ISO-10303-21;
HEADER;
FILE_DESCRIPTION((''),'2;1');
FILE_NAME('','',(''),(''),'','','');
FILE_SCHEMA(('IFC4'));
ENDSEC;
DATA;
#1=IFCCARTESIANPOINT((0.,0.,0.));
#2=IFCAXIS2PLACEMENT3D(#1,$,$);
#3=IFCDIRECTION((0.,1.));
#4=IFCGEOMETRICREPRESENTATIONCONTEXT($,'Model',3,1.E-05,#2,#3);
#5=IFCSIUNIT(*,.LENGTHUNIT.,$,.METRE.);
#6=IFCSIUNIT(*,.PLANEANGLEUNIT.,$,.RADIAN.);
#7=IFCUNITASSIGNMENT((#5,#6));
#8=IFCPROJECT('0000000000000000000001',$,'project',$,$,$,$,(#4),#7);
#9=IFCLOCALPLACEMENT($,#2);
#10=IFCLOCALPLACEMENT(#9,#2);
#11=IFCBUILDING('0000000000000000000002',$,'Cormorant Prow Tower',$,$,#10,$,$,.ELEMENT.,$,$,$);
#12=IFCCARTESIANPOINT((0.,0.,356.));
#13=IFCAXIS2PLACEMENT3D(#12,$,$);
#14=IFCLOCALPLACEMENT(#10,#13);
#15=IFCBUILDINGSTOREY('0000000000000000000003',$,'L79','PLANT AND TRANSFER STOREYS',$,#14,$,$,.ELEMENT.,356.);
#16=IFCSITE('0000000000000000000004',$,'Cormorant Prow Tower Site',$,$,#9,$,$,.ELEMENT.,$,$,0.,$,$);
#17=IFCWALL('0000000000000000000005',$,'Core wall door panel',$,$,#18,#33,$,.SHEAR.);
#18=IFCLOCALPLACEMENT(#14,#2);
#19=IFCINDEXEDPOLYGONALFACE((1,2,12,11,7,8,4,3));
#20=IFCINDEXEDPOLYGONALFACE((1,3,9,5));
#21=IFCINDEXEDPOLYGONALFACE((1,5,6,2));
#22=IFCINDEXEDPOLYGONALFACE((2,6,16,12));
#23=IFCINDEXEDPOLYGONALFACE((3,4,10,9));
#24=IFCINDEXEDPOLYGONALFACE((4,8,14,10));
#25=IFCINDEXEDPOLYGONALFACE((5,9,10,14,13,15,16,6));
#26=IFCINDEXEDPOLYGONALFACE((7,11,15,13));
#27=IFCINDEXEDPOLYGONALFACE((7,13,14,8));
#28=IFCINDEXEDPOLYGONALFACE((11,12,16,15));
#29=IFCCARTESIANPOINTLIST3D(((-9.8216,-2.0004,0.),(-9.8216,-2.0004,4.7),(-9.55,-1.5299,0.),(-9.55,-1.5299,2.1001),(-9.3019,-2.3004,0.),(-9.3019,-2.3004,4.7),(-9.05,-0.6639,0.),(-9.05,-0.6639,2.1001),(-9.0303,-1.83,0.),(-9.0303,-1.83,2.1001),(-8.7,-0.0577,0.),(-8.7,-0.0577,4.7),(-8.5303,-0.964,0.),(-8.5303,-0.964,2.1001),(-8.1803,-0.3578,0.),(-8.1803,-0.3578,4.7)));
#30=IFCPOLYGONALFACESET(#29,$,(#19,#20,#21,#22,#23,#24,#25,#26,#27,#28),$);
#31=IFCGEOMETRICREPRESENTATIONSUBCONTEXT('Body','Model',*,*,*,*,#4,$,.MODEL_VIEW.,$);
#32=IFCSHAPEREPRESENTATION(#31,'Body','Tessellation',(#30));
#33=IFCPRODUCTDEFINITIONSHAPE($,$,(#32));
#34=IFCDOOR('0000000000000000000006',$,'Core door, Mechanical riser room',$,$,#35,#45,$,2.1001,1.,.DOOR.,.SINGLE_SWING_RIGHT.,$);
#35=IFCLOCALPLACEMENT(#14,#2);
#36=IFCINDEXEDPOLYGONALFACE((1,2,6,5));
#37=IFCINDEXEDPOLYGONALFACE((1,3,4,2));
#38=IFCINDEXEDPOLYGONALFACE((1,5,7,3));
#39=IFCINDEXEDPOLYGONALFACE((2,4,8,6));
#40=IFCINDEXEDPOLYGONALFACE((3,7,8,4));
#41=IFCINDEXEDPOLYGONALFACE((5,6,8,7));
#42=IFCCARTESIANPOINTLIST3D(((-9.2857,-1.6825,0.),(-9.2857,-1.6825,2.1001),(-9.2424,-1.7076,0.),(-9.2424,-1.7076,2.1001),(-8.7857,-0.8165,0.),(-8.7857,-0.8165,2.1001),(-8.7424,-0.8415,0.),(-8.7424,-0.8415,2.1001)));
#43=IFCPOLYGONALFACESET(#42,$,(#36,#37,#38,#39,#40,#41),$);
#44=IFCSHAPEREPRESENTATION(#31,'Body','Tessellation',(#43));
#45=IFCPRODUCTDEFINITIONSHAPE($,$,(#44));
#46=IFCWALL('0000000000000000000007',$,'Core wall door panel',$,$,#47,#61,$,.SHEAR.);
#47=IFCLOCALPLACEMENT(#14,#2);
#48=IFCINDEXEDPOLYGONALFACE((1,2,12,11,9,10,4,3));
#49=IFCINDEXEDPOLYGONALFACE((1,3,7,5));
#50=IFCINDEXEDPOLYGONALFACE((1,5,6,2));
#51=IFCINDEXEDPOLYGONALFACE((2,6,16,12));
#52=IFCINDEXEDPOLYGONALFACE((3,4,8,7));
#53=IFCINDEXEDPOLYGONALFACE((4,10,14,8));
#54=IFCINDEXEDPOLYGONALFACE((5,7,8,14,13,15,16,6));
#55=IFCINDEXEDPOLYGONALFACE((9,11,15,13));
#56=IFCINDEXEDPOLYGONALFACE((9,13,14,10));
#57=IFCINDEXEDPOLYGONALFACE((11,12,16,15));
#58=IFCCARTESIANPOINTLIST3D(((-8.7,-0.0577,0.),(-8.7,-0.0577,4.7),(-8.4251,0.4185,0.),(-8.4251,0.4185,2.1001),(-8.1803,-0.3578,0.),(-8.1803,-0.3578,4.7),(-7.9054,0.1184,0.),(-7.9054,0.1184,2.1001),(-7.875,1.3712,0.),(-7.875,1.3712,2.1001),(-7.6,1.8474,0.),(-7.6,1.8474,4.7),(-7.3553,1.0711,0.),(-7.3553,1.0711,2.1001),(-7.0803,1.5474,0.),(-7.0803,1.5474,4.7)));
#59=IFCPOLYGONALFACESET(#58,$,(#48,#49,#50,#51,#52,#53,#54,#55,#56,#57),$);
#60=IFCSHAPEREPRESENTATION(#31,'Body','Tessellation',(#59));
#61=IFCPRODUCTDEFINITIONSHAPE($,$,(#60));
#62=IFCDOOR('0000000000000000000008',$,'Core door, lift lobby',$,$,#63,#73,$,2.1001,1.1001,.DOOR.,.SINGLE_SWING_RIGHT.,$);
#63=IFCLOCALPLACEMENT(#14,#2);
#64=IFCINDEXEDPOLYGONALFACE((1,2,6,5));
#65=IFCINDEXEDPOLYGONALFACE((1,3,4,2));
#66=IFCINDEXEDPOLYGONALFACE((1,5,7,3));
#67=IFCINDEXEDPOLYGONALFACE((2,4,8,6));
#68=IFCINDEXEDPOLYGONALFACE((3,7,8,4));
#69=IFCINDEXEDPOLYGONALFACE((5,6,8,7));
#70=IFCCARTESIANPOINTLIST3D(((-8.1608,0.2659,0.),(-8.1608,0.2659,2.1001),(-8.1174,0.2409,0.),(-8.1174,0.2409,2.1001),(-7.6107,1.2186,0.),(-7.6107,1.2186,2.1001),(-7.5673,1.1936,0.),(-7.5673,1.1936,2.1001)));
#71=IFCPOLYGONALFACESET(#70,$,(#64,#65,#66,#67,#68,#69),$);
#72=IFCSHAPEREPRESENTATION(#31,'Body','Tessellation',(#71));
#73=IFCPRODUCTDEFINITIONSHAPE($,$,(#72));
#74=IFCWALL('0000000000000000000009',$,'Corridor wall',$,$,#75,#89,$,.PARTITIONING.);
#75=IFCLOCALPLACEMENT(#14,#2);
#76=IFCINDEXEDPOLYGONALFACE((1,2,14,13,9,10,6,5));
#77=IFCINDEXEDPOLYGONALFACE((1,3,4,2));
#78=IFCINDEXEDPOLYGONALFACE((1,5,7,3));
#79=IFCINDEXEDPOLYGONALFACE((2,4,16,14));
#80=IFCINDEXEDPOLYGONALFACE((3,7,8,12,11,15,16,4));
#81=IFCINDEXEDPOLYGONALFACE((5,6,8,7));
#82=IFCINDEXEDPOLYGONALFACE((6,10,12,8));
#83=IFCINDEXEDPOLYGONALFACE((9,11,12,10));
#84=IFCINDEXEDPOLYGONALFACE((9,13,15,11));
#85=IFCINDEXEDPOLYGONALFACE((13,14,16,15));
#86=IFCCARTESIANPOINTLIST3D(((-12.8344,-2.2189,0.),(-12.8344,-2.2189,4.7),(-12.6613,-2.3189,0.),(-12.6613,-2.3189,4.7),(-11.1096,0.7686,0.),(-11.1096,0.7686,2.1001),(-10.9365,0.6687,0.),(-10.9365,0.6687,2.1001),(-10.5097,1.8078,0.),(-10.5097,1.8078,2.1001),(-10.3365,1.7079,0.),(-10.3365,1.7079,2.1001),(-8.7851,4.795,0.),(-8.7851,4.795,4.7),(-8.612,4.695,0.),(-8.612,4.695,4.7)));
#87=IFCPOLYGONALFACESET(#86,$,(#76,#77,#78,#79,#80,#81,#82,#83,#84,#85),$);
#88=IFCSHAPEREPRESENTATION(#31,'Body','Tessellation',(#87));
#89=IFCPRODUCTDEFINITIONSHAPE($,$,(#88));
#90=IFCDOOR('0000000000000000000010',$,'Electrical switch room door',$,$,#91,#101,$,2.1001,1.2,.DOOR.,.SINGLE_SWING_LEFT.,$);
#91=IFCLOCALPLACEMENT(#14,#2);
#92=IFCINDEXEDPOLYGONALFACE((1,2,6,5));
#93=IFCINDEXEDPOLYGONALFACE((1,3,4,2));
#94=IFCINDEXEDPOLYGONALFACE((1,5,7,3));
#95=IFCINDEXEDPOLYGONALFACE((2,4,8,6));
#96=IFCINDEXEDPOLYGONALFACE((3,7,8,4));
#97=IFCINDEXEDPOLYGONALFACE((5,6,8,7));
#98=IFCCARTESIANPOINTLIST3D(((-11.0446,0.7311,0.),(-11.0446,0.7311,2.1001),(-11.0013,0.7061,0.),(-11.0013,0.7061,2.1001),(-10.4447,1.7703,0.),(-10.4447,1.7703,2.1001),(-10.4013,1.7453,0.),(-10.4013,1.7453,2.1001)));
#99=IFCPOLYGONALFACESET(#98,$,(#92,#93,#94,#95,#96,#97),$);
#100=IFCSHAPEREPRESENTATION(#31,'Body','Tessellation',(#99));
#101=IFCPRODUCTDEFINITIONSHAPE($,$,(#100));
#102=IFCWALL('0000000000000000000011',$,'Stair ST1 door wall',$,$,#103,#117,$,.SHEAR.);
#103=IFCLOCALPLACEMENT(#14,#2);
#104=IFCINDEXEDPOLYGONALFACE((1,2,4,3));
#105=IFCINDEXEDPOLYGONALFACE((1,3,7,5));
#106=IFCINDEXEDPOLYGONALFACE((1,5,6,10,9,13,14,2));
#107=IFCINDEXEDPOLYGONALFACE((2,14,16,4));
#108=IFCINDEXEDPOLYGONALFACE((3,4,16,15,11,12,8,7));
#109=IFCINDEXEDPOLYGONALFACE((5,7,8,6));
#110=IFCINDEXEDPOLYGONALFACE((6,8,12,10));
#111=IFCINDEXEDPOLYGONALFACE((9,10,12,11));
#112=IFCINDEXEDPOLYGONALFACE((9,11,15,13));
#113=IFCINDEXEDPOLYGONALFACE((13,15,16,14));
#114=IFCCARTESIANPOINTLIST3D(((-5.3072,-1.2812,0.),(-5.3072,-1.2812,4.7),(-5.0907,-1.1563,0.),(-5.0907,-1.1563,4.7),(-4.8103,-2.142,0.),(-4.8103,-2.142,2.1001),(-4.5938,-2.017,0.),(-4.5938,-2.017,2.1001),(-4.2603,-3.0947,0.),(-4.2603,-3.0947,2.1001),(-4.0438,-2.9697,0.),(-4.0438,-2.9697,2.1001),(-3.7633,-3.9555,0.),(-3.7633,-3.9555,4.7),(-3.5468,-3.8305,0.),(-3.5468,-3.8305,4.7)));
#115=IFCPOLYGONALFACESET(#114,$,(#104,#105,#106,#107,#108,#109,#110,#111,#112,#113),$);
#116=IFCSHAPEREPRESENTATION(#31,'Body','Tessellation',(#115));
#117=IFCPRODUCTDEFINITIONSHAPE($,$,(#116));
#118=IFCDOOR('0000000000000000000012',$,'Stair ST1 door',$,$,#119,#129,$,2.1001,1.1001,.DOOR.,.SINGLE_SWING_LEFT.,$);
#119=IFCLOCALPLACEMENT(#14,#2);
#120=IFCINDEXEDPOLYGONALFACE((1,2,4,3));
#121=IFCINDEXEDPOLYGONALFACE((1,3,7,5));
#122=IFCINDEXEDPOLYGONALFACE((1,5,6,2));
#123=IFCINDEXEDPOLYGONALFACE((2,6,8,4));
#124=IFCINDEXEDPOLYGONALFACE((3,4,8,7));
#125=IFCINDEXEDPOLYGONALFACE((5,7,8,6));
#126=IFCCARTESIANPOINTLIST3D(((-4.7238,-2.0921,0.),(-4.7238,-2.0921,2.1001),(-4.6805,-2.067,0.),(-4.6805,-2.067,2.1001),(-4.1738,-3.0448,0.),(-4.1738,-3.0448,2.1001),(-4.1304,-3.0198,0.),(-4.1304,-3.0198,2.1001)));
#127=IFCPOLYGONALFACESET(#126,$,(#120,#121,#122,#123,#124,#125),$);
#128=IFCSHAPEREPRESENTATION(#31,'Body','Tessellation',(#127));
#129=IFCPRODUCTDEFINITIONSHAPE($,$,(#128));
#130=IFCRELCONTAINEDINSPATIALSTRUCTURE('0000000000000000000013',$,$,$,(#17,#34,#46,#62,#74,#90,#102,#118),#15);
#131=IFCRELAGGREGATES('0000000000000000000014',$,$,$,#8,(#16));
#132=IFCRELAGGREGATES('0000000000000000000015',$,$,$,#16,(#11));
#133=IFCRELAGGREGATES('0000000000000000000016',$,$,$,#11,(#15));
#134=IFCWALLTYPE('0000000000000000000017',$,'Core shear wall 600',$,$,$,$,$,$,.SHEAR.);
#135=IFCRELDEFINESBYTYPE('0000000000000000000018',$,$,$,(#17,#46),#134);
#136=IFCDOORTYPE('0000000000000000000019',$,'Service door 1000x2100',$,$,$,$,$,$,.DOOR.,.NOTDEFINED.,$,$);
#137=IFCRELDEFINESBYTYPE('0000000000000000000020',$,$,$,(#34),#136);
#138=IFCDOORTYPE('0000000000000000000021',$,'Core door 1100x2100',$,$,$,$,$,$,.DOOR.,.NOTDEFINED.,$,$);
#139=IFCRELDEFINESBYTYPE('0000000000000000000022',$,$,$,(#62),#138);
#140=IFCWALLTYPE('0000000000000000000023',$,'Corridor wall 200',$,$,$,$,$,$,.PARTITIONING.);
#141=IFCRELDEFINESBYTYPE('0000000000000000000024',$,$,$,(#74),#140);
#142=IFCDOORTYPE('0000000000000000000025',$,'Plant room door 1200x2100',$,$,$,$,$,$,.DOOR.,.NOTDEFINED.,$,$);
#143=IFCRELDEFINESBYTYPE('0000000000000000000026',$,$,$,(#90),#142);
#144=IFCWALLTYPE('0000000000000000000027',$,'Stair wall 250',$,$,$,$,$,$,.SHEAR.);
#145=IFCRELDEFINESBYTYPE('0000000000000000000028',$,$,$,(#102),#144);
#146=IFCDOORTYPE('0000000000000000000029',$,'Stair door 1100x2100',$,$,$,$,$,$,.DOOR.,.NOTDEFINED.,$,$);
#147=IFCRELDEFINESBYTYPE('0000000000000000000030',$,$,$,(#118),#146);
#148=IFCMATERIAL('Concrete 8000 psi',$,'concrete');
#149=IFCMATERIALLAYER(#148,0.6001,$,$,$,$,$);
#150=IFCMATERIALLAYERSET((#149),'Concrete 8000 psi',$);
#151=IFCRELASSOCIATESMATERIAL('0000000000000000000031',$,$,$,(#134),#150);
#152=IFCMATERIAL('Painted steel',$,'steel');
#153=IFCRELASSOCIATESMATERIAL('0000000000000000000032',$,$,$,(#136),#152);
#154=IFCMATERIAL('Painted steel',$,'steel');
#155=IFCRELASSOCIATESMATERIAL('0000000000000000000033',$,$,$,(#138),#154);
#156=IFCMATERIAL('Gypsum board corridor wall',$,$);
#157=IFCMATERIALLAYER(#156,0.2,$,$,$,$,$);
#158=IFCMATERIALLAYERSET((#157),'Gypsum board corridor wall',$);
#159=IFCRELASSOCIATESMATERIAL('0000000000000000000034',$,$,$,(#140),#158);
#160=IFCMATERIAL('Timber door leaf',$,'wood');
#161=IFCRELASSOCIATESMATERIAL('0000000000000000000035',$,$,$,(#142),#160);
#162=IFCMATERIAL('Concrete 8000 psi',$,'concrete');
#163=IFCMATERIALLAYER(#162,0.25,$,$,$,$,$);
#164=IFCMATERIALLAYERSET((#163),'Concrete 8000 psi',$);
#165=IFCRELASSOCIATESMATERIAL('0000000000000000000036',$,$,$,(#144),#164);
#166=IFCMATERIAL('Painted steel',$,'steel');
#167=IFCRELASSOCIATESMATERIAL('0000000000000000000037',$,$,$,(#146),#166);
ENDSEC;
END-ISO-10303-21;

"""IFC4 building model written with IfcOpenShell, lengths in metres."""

from ifc_helpers import new_model, si_unit, direction, frame, frame_2d, origin, place, context, subcontext, project, spatial, rectangle, extrude, material, layer, layer_set, type_object, element, fill, save


model = new_model("IFC4")

# Units and contexts
model_context = context("Model", 3, precision=1e-05, world=origin(), true_north=direction((0.0, 1.0)))
body_context = subcontext(model_context, "Body", "Model", "MODEL_VIEW")
ifc_project = project(units=[si_unit("LENGTHUNIT", "METRE"), si_unit("PLANEANGLEUNIT", "RADIAN")], contexts=[model_context])

# Site, building, storey
site_placement = place(None, origin())
site = spatial("IfcSite", under=ifc_project, at=site_placement, Name="Cormorant Prow Tower Site", CompositionType="ELEMENT", RefElevation=0.0)
building_placement = place(site_placement, origin())
building = spatial("IfcBuilding", under=site, at=building_placement, Name="Cormorant Prow Tower", CompositionType="ELEMENT")
storey_placement = place(building_placement, frame((0.0, 0.0, 356.0)))
storey = spatial("IfcBuildingStorey", under=building, at=storey_placement, Name="L79", Description="PLANT AND TRANSFER STOREYS", CompositionType="ELEMENT", Elevation=356.0)

# Shared definitions
ifc_material_1 = material(Name="Concrete 8000 psi", Category="concrete")
ifc_layer_1 = layer(ifc_material_1, 0.6001)
ifc_layer_set_1 = layer_set([ifc_layer_1], Name="Concrete 8000 psi")
wall_type_1 = type_object("IfcWallType", Name="Core shear wall 600", PredefinedType="SHEAR", material=ifc_layer_set_1)

# Walls, openings, doors
wall_1_placement = place(storey_placement, frame((-8.4402, -0.2078, 0.0), z_axis=(0.0, 0.0, 1.0), x_axis=(-0.500002, -0.866024, 0.0)))
wall_1 = element("IfcWall", 1, at=wall_1_placement, inside=storey, type_object=wall_type_1, Name="Core wall door panel", PredefinedType="SHEAR", context=body_context, shape_type="SweptSolid", body=[
    extrude(rectangle(XDim=2.2432, YDim=0.6001, at=frame_2d((1.1216, 0.0))), origin(), (0.0, 0.0, 1.0), 4.7),
])
opening_1_placement = place(wall_1_placement, frame((0.7, 0.0, 0.0)))
opening_1 = element("IfcOpeningElement", 2, at=opening_1_placement, cuts=wall_1, PredefinedType="OPENING", context=body_context, shape_type="SweptSolid", body=[
    extrude(rectangle(XDim=1.0, YDim=2.1001, at=frame_2d((0.5, 1.05))), frame((0.0, 0.3101, 0.0), z_axis=(0.0, -1.0, 0.0), x_axis=(1.0, 0.0, 0.0)), (0.0, 0.0, 1.0), 0.6201),
])
ifc_material_2 = material(Name="Painted steel", Category="steel")
door_type_1 = type_object("IfcDoorType", Name="Service door 1000x2100", OperationType="NOTDEFINED", PredefinedType="DOOR", material=ifc_material_2)
door_1_placement = place(opening_1_placement, origin())
door_1 = element("IfcDoor", 3, at=door_1_placement, inside=storey, type_object=door_type_1, Name="Core door, Mechanical riser room", OperationType="SINGLE_SWING_RIGHT", OverallHeight=2.1001, OverallWidth=1.0, PredefinedType="DOOR", context=body_context, shape_type="SweptSolid", body=[
    extrude(rectangle(XDim=1.0, YDim=2.1001, at=frame_2d((0.5, 1.05))), frame((0.0, 0.0552, 0.0), z_axis=(0.0, -1.0, 0.0), x_axis=(1.0, 0.0, 0.0)), (0.0, 0.0, 1.0), 0.05),
])
fill(opening_1, door_1)
wall_2_placement = place(storey_placement, frame((-7.3401, 1.6975, 0.0), z_axis=(0.0, 0.0, 1.0), x_axis=(-0.50003, -0.866008, 0.0)))
wall_2 = element("IfcWall", 4, at=wall_2_placement, inside=storey, type_object=wall_type_1, Name="Core wall door panel", PredefinedType="SHEAR", context=body_context, shape_type="SweptSolid", body=[
    extrude(rectangle(XDim=2.2, YDim=0.6001, at=frame_2d((1.1001, 0.0))), origin(), (0.0, 0.0, 1.0), 4.7),
])
opening_2_placement = place(wall_2_placement, frame((0.55, 0.0, 0.0)))
opening_2 = element("IfcOpeningElement", 5, at=opening_2_placement, cuts=wall_2, PredefinedType="OPENING", context=body_context, shape_type="SweptSolid", body=[
    extrude(rectangle(XDim=1.1001, YDim=2.1001, at=frame_2d((0.55, 1.05))), frame((0.0, 0.3101, 0.0), z_axis=(0.0, -1.0, 0.0), x_axis=(1.0, 0.0, 0.0)), (0.0, 0.0, 1.0), 0.6201),
])
ifc_material_3 = material(Name="Painted steel", Category="steel")
door_type_2 = type_object("IfcDoorType", Name="Core door 1100x2100", OperationType="NOTDEFINED", PredefinedType="DOOR", material=ifc_material_3)
door_2_placement = place(opening_2_placement, origin())
door_2 = element("IfcDoor", 6, at=door_2_placement, inside=storey, type_object=door_type_2, Name="Core door, lift lobby", OperationType="SINGLE_SWING_RIGHT", OverallHeight=2.1001, OverallWidth=1.1001, PredefinedType="DOOR", context=body_context, shape_type="SweptSolid", body=[
    extrude(rectangle(XDim=1.1001, YDim=2.1001, at=frame_2d((0.55, 1.05))), frame((0.0, 0.0552, 0.0), z_axis=(0.0, -1.0, 0.0), x_axis=(1.0, 0.0, 0.0)), (0.0, 0.0, 1.0), 0.05),
])
fill(opening_2, door_2)
ifc_material_4 = material(Name="Gypsum board corridor wall")
ifc_layer_2 = layer(ifc_material_4, 0.2)
ifc_layer_set_2 = layer_set([ifc_layer_2], Name="Gypsum board corridor wall")
wall_type_2 = type_object("IfcWallType", Name="Corridor wall 200", PredefinedType="PARTITIONING", material=ifc_layer_set_2)
wall_3_placement = place(storey_placement, frame((-12.7478, -2.2688, 0.0), z_axis=(0.0, 0.0, 1.0), x_axis=(0.499984, 0.866034, 0.0)))
wall_3 = element("IfcWall", 7, at=wall_3_placement, inside=storey, type_object=wall_type_2, Name="Corridor wall", PredefinedType="PARTITIONING", context=body_context, shape_type="SweptSolid", body=[
    extrude(rectangle(XDim=8.0989, YDim=0.2, at=frame_2d((4.0493, 0.0))), origin(), (0.0, 0.0, 1.0), 4.7),
])
opening_3_placement = place(wall_3_placement, frame((3.4495, 0.0, 0.0)))
opening_3 = element("IfcOpeningElement", 8, at=opening_3_placement, cuts=wall_3, PredefinedType="OPENING", context=body_context, shape_type="SweptSolid", body=[
    extrude(rectangle(XDim=1.2, YDim=2.1001, at=frame_2d((0.6001, 1.05))), frame((0.0, 0.1099, 0.0), z_axis=(0.0, -1.0, 0.0), x_axis=(1.0, 0.0, 0.0)), (0.0, 0.0, 1.0), 0.22),
])
ifc_material_5 = material(Name="Timber door leaf", Category="wood")
door_type_3 = type_object("IfcDoorType", Name="Plant room door 1200x2100", OperationType="NOTDEFINED", PredefinedType="DOOR", material=ifc_material_5)
door_3_placement = place(opening_3_placement, origin())
door_3 = element("IfcDoor", 9, at=door_3_placement, inside=storey, type_object=door_type_3, Name="Electrical switch room door", OperationType="SINGLE_SWING_LEFT", OverallHeight=2.1001, OverallWidth=1.2, PredefinedType="DOOR", context=body_context, shape_type="SweptSolid", body=[
    extrude(rectangle(XDim=1.2, YDim=2.1001, at=frame_2d((0.6001, 1.05))), frame((0.0, 0.0249, 0.0), z_axis=(0.0, -1.0, 0.0), x_axis=(1.0, 0.0, 0.0)), (0.0, 0.0, 1.0), 0.05),
])
fill(opening_3, door_3)
ifc_material_6 = material(Name="Concrete 8000 psi", Category="concrete")
ifc_layer_3 = layer(ifc_material_6, 0.25)
ifc_layer_set_3 = layer_set([ifc_layer_3], Name="Concrete 8000 psi")
wall_type_3 = type_object("IfcWallType", Name="Stair wall 250", PredefinedType="SHEAR", material=ifc_layer_set_3)
wall_4_placement = place(storey_placement, frame((-5.199, -1.2188, 0.0), z_axis=(0.0, 0.0, 1.0), x_axis=(0.499983, -0.866035, 0.0)))
wall_4 = element("IfcWall", 10, at=wall_4_placement, inside=storey, type_object=wall_type_3, Name="Stair ST1 door wall", PredefinedType="SHEAR", context=body_context, shape_type="SweptSolid", body=[
    extrude(rectangle(XDim=3.0879, YDim=0.25, at=frame_2d((1.5439, 0.0))), origin(), (0.0, 0.0, 1.0), 4.7),
])
opening_4_placement = place(wall_4_placement, frame((0.9939, 0.0, 0.0)))
opening_4 = element("IfcOpeningElement", 11, at=opening_4_placement, cuts=wall_4, PredefinedType="OPENING", context=body_context, shape_type="SweptSolid", body=[
    extrude(rectangle(XDim=1.1001, YDim=2.1001, at=frame_2d((0.55, 1.05))), frame((0.0, 0.135, 0.0), z_axis=(0.0, -1.0, 0.0), x_axis=(1.0, 0.0, 0.0)), (0.0, 0.0, 1.0), 0.27),
])
ifc_material_7 = material(Name="Painted steel", Category="steel")
door_type_4 = type_object("IfcDoorType", Name="Stair door 1100x2100", OperationType="NOTDEFINED", PredefinedType="DOOR", material=ifc_material_7)
door_4_placement = place(opening_4_placement, origin())
door_4 = element("IfcDoor", 12, at=door_4_placement, inside=storey, type_object=door_type_4, Name="Stair ST1 door", OperationType="SINGLE_SWING_LEFT", OverallHeight=2.1001, OverallWidth=1.1001, PredefinedType="DOOR", context=body_context, shape_type="SweptSolid", body=[
    extrude(rectangle(XDim=1.1001, YDim=2.1001, at=frame_2d((0.55, 1.05))), frame((0.0, 0.0249, 0.0), z_axis=(0.0, -1.0, 0.0), x_axis=(1.0, 0.0, 0.0)), (0.0, 0.0, 1.0), 0.05),
])
fill(opening_4, door_4)

save(model, "model.ifc")
